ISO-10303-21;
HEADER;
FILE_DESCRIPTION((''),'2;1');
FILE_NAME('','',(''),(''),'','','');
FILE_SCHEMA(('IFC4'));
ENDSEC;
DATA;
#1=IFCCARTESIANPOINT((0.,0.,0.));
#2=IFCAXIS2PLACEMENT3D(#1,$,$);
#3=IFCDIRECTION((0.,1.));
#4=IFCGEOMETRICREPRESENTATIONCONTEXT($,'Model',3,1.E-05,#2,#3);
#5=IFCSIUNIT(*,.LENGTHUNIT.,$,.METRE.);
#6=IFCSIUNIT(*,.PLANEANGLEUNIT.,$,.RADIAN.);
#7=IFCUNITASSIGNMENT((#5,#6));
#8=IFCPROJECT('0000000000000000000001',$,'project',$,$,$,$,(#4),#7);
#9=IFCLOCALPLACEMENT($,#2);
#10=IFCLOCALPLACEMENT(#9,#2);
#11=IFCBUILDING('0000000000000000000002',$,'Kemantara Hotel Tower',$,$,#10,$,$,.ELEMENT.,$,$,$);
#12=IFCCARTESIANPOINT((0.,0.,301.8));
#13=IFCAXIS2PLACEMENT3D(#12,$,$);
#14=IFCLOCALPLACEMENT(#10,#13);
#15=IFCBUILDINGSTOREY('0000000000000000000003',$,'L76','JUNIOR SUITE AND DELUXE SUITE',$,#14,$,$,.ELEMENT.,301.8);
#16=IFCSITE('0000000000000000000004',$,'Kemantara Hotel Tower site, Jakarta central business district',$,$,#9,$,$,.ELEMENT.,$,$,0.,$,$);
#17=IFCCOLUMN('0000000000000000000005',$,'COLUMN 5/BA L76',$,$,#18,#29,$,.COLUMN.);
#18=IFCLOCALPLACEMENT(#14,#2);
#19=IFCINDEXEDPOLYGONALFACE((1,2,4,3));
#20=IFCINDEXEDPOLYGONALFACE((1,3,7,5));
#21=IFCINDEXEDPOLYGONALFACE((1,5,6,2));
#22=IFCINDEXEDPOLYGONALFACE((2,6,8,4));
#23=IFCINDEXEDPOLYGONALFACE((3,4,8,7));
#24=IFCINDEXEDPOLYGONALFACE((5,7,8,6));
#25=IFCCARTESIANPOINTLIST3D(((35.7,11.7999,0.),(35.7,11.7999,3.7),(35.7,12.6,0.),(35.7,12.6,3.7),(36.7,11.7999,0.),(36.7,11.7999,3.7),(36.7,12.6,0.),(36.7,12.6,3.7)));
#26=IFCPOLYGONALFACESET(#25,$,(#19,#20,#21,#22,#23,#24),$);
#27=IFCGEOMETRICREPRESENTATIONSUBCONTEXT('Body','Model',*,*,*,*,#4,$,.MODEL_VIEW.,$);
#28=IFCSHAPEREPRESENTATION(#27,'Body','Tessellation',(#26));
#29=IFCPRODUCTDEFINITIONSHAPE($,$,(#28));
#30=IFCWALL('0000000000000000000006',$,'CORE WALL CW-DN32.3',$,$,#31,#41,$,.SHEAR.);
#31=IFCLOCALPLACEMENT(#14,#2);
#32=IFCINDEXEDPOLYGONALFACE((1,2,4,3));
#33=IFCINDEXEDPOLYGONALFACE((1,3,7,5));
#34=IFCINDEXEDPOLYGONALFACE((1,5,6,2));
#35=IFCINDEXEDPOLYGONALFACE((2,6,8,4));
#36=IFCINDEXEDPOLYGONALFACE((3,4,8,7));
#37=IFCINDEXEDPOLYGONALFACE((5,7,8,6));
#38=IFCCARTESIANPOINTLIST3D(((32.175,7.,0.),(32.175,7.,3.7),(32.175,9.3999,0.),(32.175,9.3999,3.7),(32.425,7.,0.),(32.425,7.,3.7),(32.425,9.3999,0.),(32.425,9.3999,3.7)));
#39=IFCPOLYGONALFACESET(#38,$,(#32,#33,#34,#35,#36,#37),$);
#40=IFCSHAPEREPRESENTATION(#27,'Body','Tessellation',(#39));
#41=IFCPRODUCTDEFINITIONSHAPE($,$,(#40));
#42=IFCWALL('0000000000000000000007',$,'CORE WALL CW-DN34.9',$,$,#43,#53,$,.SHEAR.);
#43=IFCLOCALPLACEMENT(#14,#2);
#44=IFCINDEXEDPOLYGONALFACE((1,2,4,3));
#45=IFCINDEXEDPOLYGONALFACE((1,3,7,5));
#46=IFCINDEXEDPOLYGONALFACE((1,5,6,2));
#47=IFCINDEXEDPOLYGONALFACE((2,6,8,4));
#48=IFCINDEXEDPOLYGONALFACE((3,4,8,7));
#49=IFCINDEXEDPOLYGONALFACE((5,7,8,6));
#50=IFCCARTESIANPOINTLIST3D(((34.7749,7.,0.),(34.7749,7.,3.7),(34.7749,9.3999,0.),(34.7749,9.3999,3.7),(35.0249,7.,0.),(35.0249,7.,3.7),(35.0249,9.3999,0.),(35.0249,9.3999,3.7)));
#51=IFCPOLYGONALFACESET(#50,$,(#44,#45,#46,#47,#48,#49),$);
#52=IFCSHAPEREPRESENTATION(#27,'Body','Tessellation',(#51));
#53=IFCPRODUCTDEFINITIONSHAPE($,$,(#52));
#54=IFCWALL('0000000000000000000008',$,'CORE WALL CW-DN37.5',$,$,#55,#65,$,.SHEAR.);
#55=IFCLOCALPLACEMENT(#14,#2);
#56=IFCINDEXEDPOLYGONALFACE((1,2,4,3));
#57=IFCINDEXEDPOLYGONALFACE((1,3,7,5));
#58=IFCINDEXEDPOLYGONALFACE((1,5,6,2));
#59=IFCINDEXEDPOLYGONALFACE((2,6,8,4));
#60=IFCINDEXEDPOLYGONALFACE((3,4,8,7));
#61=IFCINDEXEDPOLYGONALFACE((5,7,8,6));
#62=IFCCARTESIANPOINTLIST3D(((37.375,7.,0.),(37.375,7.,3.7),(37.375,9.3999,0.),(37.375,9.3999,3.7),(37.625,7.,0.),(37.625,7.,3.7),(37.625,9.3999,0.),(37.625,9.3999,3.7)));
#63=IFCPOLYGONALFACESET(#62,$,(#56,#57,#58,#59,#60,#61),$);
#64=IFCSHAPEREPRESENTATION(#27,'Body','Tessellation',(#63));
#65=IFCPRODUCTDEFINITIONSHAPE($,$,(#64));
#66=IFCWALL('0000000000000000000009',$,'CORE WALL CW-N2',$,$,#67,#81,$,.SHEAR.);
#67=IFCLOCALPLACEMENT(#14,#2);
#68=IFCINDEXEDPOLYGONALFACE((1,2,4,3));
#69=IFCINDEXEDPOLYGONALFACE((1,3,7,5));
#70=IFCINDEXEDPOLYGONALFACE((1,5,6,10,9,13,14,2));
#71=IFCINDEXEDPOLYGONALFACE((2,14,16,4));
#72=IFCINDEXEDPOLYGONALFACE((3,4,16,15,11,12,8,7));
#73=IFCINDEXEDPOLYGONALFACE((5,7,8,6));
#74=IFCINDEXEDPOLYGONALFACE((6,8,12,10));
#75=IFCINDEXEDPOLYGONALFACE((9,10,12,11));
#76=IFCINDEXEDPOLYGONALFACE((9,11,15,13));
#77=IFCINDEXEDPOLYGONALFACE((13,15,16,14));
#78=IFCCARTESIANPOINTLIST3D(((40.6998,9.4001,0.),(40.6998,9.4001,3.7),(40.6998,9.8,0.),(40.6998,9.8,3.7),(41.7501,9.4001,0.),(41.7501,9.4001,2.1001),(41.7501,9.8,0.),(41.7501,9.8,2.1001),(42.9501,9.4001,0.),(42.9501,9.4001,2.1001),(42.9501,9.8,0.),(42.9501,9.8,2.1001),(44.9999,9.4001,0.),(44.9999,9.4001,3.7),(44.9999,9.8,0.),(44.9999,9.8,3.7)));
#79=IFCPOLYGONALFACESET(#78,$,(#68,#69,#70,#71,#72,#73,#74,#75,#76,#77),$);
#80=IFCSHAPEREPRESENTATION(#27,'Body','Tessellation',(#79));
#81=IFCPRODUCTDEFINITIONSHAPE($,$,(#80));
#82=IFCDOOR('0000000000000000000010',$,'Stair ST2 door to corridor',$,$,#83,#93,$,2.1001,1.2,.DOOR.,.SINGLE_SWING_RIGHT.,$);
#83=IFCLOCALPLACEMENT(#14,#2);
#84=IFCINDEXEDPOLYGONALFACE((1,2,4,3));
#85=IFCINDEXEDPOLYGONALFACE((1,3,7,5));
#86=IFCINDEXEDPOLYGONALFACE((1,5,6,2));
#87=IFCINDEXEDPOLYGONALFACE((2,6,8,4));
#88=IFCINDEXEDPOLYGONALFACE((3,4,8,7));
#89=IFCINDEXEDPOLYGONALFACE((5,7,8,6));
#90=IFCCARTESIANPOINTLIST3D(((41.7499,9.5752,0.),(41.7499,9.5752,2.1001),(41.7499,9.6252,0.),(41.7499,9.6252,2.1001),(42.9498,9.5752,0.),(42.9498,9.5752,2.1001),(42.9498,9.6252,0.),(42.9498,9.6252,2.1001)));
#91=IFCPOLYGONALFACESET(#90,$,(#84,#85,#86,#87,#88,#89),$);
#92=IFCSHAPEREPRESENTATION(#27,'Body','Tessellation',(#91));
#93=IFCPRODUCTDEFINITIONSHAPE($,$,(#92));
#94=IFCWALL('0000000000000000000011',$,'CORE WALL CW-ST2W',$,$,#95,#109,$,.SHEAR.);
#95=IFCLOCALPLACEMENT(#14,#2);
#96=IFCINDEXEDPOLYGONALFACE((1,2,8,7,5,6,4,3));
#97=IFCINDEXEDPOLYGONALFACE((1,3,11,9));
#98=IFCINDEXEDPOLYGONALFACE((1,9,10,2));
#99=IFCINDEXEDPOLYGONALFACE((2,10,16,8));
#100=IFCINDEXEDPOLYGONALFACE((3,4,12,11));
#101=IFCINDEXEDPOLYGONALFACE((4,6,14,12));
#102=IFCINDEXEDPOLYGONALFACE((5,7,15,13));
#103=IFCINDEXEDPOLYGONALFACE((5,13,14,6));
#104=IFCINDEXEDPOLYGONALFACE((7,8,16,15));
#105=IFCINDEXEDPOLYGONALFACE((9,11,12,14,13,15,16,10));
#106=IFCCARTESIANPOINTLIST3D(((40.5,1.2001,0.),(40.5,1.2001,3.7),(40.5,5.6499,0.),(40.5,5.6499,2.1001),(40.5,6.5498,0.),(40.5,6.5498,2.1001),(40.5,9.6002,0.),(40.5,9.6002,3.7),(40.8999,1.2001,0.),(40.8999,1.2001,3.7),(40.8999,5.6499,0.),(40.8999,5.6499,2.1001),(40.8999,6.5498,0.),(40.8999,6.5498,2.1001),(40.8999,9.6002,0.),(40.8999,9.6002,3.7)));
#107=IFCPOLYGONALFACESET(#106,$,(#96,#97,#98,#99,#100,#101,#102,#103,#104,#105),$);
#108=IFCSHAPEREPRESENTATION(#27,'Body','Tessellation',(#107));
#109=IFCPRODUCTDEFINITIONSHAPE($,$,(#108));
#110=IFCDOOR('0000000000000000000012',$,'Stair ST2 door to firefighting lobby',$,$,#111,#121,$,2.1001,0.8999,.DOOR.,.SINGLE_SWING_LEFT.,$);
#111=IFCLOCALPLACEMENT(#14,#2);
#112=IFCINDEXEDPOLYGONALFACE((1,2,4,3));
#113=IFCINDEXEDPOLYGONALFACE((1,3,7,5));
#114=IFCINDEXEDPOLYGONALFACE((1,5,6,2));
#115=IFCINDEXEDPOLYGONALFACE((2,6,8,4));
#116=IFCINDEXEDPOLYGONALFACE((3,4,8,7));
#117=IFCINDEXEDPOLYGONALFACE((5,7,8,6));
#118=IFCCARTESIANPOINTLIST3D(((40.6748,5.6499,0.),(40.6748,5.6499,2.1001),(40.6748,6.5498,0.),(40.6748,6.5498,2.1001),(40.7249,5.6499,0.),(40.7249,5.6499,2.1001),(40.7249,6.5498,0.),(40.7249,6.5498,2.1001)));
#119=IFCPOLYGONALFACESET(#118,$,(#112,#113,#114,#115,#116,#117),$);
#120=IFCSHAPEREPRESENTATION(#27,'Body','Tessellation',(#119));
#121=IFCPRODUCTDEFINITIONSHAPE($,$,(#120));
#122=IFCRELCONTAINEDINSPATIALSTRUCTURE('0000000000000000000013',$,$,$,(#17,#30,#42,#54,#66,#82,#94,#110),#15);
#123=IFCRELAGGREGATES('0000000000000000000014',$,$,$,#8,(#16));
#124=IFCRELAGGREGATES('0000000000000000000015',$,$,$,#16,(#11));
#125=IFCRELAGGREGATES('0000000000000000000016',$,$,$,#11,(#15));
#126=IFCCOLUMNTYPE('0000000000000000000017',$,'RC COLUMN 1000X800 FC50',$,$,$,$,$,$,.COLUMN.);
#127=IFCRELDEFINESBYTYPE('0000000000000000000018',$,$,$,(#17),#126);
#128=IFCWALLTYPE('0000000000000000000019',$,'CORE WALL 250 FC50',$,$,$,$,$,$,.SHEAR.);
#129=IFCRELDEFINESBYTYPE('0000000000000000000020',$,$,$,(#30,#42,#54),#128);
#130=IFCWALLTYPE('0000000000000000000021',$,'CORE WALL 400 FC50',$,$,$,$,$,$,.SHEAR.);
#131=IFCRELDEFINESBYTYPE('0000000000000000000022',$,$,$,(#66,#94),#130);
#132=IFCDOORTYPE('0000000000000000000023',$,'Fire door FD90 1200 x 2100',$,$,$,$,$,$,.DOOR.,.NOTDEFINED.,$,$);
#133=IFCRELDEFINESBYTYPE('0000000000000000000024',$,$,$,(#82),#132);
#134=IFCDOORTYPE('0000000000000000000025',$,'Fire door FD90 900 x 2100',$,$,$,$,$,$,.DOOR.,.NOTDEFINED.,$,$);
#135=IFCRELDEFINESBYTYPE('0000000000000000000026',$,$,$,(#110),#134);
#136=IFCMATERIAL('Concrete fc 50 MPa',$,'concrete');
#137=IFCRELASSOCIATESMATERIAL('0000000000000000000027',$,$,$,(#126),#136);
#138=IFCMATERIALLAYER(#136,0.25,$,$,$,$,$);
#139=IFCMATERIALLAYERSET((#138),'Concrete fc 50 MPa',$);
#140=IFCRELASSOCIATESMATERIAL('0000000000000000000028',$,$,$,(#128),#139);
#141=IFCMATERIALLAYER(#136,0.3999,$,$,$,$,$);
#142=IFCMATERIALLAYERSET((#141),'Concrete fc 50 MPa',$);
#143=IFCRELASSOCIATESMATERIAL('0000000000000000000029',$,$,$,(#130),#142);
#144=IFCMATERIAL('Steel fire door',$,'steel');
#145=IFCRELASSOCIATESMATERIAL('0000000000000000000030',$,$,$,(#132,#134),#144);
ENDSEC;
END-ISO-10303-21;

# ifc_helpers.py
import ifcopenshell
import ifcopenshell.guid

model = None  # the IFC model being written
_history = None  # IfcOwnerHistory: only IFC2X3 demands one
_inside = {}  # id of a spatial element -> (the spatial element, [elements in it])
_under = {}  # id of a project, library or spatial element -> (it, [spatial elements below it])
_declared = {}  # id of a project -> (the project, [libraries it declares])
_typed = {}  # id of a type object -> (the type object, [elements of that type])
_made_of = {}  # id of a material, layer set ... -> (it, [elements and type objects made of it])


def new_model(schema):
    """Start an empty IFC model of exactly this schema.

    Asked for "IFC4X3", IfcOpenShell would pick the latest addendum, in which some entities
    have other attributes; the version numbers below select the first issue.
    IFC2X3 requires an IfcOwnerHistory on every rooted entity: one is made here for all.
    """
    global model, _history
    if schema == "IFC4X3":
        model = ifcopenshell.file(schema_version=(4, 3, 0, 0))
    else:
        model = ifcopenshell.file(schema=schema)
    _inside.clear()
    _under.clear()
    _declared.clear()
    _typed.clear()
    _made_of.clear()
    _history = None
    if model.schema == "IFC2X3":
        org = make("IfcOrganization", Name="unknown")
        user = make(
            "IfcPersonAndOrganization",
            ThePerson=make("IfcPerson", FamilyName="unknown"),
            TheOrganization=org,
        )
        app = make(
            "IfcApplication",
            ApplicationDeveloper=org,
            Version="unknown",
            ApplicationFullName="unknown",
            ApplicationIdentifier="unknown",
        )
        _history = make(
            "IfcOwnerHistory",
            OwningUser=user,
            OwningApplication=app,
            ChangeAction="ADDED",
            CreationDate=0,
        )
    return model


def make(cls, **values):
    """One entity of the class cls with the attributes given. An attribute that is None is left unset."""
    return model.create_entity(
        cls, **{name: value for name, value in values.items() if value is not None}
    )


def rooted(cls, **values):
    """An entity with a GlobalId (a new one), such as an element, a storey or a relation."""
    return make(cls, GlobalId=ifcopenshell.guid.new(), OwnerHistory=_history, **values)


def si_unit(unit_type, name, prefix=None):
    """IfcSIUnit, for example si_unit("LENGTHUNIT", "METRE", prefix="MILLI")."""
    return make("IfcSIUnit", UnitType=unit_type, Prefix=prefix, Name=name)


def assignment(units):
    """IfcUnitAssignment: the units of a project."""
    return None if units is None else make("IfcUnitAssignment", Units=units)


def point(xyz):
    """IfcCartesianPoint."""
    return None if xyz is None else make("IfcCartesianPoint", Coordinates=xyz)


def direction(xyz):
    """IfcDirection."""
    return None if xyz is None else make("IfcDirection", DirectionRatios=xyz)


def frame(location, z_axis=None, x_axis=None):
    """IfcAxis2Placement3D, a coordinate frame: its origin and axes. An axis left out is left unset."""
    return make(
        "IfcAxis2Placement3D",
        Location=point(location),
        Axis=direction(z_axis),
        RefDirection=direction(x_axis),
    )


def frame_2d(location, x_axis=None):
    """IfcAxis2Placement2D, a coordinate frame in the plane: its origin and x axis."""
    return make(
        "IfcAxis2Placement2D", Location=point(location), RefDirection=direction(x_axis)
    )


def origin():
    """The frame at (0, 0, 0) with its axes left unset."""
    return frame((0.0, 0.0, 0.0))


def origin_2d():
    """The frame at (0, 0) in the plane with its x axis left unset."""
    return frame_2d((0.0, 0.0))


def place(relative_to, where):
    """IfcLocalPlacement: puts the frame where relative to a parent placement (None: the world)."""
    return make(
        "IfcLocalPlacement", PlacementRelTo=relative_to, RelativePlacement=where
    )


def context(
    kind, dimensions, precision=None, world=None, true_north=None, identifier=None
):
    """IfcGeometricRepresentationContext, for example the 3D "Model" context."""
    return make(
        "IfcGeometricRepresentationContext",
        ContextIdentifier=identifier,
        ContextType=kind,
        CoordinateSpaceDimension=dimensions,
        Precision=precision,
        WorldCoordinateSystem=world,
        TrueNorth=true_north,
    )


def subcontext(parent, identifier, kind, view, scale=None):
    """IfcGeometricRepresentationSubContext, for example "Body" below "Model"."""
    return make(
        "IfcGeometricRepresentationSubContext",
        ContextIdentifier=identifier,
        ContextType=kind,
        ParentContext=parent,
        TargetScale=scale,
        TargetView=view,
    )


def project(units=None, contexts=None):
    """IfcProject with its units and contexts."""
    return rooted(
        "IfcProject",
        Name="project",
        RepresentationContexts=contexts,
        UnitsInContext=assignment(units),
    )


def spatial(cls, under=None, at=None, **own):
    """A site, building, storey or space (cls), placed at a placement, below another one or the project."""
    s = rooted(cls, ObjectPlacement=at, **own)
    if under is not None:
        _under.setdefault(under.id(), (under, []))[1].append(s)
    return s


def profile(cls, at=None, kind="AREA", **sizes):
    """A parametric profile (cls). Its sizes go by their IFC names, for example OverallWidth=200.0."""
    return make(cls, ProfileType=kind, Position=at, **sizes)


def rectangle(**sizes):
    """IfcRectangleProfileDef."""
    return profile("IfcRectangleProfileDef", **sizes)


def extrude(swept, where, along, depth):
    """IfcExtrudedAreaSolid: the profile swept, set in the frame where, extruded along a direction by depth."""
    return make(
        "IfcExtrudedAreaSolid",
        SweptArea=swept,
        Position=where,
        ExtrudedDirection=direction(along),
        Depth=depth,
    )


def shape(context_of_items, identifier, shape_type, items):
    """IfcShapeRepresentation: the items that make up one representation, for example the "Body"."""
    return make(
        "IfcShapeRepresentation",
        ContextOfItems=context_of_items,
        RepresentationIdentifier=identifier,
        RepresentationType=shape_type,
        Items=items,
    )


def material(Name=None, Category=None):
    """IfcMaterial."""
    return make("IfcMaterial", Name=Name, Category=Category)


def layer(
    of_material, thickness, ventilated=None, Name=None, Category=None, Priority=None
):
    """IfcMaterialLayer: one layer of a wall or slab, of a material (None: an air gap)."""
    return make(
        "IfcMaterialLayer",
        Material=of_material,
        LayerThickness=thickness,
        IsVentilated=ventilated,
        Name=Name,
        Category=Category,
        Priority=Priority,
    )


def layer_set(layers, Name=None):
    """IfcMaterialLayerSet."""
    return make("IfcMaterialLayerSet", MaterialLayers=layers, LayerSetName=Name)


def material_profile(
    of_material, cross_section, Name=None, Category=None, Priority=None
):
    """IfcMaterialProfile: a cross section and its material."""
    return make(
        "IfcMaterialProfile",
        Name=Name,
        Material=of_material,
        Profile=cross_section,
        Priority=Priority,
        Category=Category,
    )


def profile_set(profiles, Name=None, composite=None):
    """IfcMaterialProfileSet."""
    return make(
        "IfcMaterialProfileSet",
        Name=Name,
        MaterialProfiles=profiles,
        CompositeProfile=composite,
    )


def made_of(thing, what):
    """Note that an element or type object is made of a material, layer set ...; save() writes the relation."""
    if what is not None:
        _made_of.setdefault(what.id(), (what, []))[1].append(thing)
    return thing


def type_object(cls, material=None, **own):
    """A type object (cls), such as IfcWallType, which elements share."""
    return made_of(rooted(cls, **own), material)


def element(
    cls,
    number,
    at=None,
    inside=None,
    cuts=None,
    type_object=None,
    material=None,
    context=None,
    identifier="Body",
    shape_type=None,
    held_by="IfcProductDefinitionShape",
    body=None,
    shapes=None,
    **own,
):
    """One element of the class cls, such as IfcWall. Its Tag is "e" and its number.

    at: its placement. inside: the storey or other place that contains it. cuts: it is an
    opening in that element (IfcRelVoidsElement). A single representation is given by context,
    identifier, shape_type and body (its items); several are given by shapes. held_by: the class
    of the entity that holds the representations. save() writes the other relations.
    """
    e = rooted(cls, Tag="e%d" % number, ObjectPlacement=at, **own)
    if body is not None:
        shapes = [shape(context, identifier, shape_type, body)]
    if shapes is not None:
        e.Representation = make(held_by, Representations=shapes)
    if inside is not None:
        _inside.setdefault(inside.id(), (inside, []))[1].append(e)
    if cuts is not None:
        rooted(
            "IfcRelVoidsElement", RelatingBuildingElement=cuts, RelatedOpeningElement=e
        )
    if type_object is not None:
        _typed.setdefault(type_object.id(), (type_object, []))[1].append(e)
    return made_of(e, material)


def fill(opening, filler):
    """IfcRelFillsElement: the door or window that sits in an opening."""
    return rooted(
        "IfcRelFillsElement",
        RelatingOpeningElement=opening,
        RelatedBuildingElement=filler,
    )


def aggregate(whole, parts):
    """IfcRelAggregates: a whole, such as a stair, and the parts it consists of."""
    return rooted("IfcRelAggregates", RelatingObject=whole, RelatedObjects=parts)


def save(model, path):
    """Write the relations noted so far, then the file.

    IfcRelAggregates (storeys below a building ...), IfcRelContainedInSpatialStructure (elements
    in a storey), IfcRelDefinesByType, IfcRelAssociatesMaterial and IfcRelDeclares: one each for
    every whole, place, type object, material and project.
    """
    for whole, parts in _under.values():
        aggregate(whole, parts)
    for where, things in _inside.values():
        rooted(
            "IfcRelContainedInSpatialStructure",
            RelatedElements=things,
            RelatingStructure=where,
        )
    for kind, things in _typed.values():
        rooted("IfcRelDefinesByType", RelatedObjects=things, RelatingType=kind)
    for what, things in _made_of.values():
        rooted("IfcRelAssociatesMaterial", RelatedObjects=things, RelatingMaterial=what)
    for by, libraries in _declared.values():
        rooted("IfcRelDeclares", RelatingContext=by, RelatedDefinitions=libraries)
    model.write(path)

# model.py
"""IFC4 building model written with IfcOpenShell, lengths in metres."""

from ifc_helpers import new_model, si_unit, direction, frame, frame_2d, origin, origin_2d, place, context, subcontext, project, spatial, rectangle, extrude, material, layer, layer_set, material_profile, profile_set, type_object, element, fill, save


model = new_model("IFC4")

# Units and contexts
model_context = context("Model", 3, precision=1e-05, world=origin(), true_north=direction((0.0, 1.0)))
body_context = subcontext(model_context, "Body", "Model", "MODEL_VIEW")
ifc_project = project(units=[si_unit("LENGTHUNIT", "METRE"), si_unit("PLANEANGLEUNIT", "RADIAN")], contexts=[model_context])

# Site, building, storey
site_placement = place(None, origin())
site = spatial("IfcSite", under=ifc_project, at=site_placement, Name="Kemantara Hotel Tower site, Jakarta central business district", CompositionType="ELEMENT", RefElevation=0.0)
building_placement = place(site_placement, origin())
building = spatial("IfcBuilding", under=site, at=building_placement, Name="Kemantara Hotel Tower", CompositionType="ELEMENT")
storey_placement = place(building_placement, frame((0.0, 0.0, 301.8)))
storey = spatial("IfcBuildingStorey", under=building, at=storey_placement, Name="L76", Description="JUNIOR SUITE AND DELUXE SUITE", CompositionType="ELEMENT", Elevation=301.8)

# Column
ifc_material_1 = material(Name="Concrete fc 50 MPa", Category="concrete")
ifc_material_profile = material_profile(ifc_material_1, rectangle(XDim=1.0, YDim=0.8, at=origin_2d()), Name="RC 1000X800")
ifc_profile_set = profile_set([ifc_material_profile], Name="Concrete fc 50 MPa")
column_type = type_object("IfcColumnType", Name="RC COLUMN 1000X800 FC50", PredefinedType="COLUMN", material=ifc_profile_set)
column_placement = place(storey_placement, frame((36.2, 12.2, 0.0), z_axis=(0.0, 0.0, 1.0), x_axis=(1.0, 0.0, 0.0)))
element("IfcColumn", 1, at=column_placement, inside=storey, type_object=column_type, Name="COLUMN 5/BA L76", PredefinedType="COLUMN", context=body_context, shape_type="SweptSolid", body=[
    extrude(rectangle(XDim=1.0, YDim=0.8, at=origin_2d()), origin(), (0.0, 0.0, 1.0), 3.7),
])

# Walls
ifc_layer_1 = layer(ifc_material_1, 0.25)
ifc_layer_set_1 = layer_set([ifc_layer_1], Name="Concrete fc 50 MPa")
wall_type_1 = type_object("IfcWallType", Name="CORE WALL 250 FC50", PredefinedType="SHEAR", material=ifc_layer_set_1)
for number, where, z_axis, x_axis, name in (
    (2, (32.3, 7.0, 0.0), (0.0, 0.0, 1.0), (0.0, 1.0, 0.0), "CORE WALL CW-DN32.3"),
    (3, (34.8999, 7.0, 0.0), (0.0, 0.0, 1.0), (0.0, 1.0, 0.0), "CORE WALL CW-DN34.9"),
    (4, (37.5, 7.0, 0.0), (0.0, 0.0, 1.0), (0.0, 1.0, 0.0), "CORE WALL CW-DN37.5"),
):
    element("IfcWall", number, at=place(storey_placement, frame(where, z_axis=z_axis, x_axis=x_axis)), inside=storey, type_object=wall_type_1, Name=name, PredefinedType="SHEAR", context=body_context, shape_type="SweptSolid", body=[
        extrude(rectangle(XDim=2.3999, YDim=0.25, at=frame_2d((1.2, 0.0))), origin(), (0.0, 0.0, 1.0), 3.7),
    ])

# Walls, openings, doors
ifc_layer_2 = layer(ifc_material_1, 0.3999)
ifc_layer_set_2 = layer_set([ifc_layer_2], Name="Concrete fc 50 MPa")
wall_type_2 = type_object("IfcWallType", Name="CORE WALL 400 FC50", PredefinedType="SHEAR", material=ifc_layer_set_2)
wall_1_placement = place(storey_placement, frame((40.7, 9.6001, 0.0), z_axis=(0.0, 0.0, 1.0), x_axis=(1.0, 0.0, 0.0)))
wall_1 = element("IfcWall", 5, at=wall_1_placement, inside=storey, type_object=wall_type_2, Name="CORE WALL CW-N2", PredefinedType="SHEAR", context=body_context, shape_type="SweptSolid", body=[
    extrude(rectangle(XDim=4.3, YDim=0.3999, at=frame_2d((2.1499, 0.0))), origin(), (0.0, 0.0, 1.0), 3.7),
])
opening_1_placement = place(wall_1_placement, frame((1.05, 0.0, 0.0)))
opening_1 = element("IfcOpeningElement", 6, at=opening_1_placement, cuts=wall_1, PredefinedType="OPENING", context=body_context, shape_type="SweptSolid", body=[
    extrude(rectangle(XDim=1.2, YDim=2.1001, at=frame_2d((0.6001, 1.05))), frame((0.0, 0.21, 0.0), z_axis=(0.0, -1.0, 0.0), x_axis=(1.0, 0.0, 0.0)), (0.0, 0.0, 1.0), 0.4199),
])
ifc_material_2 = material(Name="Steel fire door", Category="steel")
door_type_1 = type_object("IfcDoorType", Name="Fire door FD90 1200 x 2100", OperationType="NOTDEFINED", PredefinedType="DOOR", material=ifc_material_2)
door_1_placement = place(opening_1_placement, frame((1.2, 0.0, 0.0), z_axis=(0.0, 0.0, 1.0), x_axis=(-1.0, 0.0, 0.0)))
door_1 = element("IfcDoor", 7, at=door_1_placement, inside=storey, type_object=door_type_1, Name="Stair ST2 door to corridor", OperationType="SINGLE_SWING_RIGHT", OverallHeight=2.1001, OverallWidth=1.2, PredefinedType="DOOR", context=body_context, shape_type="SweptSolid", body=[
    extrude(rectangle(XDim=1.2, YDim=2.1001, at=frame_2d((0.6001, 1.05))), frame((0.0, 0.0249, 0.0), z_axis=(0.0, -1.0, 0.0), x_axis=(1.0, 0.0, 0.0)), (0.0, 0.0, 1.0), 0.05),
])
fill(opening_1, door_1)
wall_2_placement = place(storey_placement, frame((40.7, 1.2, 0.0), z_axis=(0.0, 0.0, 1.0), x_axis=(0.0, 1.0, 0.0)))
wall_2 = element("IfcWall", 8, at=wall_2_placement, inside=storey, type_object=wall_type_2, Name="CORE WALL CW-ST2W", PredefinedType="SHEAR", context=body_context, shape_type="SweptSolid", body=[
    extrude(rectangle(XDim=8.4001, YDim=0.3999, at=frame_2d((4.2002, 0.0))), origin(), (0.0, 0.0, 1.0), 3.7),
])
opening_2_placement = place(wall_2_placement, frame((4.45, 0.0, 0.0)))
opening_2 = element("IfcOpeningElement", 9, at=opening_2_placement, cuts=wall_2, PredefinedType="OPENING", context=body_context, shape_type="SweptSolid", body=[
    extrude(rectangle(XDim=0.8999, YDim=2.1001, at=frame_2d((0.45, 1.05))), frame((0.0, 0.21, 0.0), z_axis=(0.0, -1.0, 0.0), x_axis=(1.0, 0.0, 0.0)), (0.0, 0.0, 1.0), 0.4199),
])
door_type_2 = type_object("IfcDoorType", Name="Fire door FD90 900 x 2100", OperationType="NOTDEFINED", PredefinedType="DOOR", material=ifc_material_2)
door_2_placement = place(opening_2_placement, frame((0.8999, 0.0, 0.0), z_axis=(0.0, 0.0, 1.0), x_axis=(-1.0, 0.0, 0.0)))
door_2 = element("IfcDoor", 10, at=door_2_placement, inside=storey, type_object=door_type_2, Name="Stair ST2 door to firefighting lobby", OperationType="SINGLE_SWING_LEFT", OverallHeight=2.1001, OverallWidth=0.8999, PredefinedType="DOOR", context=body_context, shape_type="SweptSolid", body=[
    extrude(rectangle(XDim=0.8999, YDim=2.1001, at=frame_2d((0.45, 1.05))), frame((0.0, 0.0249, 0.0), z_axis=(0.0, -1.0, 0.0), x_axis=(1.0, 0.0, 0.0)), (0.0, 0.0, 1.0), 0.05),
])
fill(opening_2, door_2)

save(model, "model.ifc")
